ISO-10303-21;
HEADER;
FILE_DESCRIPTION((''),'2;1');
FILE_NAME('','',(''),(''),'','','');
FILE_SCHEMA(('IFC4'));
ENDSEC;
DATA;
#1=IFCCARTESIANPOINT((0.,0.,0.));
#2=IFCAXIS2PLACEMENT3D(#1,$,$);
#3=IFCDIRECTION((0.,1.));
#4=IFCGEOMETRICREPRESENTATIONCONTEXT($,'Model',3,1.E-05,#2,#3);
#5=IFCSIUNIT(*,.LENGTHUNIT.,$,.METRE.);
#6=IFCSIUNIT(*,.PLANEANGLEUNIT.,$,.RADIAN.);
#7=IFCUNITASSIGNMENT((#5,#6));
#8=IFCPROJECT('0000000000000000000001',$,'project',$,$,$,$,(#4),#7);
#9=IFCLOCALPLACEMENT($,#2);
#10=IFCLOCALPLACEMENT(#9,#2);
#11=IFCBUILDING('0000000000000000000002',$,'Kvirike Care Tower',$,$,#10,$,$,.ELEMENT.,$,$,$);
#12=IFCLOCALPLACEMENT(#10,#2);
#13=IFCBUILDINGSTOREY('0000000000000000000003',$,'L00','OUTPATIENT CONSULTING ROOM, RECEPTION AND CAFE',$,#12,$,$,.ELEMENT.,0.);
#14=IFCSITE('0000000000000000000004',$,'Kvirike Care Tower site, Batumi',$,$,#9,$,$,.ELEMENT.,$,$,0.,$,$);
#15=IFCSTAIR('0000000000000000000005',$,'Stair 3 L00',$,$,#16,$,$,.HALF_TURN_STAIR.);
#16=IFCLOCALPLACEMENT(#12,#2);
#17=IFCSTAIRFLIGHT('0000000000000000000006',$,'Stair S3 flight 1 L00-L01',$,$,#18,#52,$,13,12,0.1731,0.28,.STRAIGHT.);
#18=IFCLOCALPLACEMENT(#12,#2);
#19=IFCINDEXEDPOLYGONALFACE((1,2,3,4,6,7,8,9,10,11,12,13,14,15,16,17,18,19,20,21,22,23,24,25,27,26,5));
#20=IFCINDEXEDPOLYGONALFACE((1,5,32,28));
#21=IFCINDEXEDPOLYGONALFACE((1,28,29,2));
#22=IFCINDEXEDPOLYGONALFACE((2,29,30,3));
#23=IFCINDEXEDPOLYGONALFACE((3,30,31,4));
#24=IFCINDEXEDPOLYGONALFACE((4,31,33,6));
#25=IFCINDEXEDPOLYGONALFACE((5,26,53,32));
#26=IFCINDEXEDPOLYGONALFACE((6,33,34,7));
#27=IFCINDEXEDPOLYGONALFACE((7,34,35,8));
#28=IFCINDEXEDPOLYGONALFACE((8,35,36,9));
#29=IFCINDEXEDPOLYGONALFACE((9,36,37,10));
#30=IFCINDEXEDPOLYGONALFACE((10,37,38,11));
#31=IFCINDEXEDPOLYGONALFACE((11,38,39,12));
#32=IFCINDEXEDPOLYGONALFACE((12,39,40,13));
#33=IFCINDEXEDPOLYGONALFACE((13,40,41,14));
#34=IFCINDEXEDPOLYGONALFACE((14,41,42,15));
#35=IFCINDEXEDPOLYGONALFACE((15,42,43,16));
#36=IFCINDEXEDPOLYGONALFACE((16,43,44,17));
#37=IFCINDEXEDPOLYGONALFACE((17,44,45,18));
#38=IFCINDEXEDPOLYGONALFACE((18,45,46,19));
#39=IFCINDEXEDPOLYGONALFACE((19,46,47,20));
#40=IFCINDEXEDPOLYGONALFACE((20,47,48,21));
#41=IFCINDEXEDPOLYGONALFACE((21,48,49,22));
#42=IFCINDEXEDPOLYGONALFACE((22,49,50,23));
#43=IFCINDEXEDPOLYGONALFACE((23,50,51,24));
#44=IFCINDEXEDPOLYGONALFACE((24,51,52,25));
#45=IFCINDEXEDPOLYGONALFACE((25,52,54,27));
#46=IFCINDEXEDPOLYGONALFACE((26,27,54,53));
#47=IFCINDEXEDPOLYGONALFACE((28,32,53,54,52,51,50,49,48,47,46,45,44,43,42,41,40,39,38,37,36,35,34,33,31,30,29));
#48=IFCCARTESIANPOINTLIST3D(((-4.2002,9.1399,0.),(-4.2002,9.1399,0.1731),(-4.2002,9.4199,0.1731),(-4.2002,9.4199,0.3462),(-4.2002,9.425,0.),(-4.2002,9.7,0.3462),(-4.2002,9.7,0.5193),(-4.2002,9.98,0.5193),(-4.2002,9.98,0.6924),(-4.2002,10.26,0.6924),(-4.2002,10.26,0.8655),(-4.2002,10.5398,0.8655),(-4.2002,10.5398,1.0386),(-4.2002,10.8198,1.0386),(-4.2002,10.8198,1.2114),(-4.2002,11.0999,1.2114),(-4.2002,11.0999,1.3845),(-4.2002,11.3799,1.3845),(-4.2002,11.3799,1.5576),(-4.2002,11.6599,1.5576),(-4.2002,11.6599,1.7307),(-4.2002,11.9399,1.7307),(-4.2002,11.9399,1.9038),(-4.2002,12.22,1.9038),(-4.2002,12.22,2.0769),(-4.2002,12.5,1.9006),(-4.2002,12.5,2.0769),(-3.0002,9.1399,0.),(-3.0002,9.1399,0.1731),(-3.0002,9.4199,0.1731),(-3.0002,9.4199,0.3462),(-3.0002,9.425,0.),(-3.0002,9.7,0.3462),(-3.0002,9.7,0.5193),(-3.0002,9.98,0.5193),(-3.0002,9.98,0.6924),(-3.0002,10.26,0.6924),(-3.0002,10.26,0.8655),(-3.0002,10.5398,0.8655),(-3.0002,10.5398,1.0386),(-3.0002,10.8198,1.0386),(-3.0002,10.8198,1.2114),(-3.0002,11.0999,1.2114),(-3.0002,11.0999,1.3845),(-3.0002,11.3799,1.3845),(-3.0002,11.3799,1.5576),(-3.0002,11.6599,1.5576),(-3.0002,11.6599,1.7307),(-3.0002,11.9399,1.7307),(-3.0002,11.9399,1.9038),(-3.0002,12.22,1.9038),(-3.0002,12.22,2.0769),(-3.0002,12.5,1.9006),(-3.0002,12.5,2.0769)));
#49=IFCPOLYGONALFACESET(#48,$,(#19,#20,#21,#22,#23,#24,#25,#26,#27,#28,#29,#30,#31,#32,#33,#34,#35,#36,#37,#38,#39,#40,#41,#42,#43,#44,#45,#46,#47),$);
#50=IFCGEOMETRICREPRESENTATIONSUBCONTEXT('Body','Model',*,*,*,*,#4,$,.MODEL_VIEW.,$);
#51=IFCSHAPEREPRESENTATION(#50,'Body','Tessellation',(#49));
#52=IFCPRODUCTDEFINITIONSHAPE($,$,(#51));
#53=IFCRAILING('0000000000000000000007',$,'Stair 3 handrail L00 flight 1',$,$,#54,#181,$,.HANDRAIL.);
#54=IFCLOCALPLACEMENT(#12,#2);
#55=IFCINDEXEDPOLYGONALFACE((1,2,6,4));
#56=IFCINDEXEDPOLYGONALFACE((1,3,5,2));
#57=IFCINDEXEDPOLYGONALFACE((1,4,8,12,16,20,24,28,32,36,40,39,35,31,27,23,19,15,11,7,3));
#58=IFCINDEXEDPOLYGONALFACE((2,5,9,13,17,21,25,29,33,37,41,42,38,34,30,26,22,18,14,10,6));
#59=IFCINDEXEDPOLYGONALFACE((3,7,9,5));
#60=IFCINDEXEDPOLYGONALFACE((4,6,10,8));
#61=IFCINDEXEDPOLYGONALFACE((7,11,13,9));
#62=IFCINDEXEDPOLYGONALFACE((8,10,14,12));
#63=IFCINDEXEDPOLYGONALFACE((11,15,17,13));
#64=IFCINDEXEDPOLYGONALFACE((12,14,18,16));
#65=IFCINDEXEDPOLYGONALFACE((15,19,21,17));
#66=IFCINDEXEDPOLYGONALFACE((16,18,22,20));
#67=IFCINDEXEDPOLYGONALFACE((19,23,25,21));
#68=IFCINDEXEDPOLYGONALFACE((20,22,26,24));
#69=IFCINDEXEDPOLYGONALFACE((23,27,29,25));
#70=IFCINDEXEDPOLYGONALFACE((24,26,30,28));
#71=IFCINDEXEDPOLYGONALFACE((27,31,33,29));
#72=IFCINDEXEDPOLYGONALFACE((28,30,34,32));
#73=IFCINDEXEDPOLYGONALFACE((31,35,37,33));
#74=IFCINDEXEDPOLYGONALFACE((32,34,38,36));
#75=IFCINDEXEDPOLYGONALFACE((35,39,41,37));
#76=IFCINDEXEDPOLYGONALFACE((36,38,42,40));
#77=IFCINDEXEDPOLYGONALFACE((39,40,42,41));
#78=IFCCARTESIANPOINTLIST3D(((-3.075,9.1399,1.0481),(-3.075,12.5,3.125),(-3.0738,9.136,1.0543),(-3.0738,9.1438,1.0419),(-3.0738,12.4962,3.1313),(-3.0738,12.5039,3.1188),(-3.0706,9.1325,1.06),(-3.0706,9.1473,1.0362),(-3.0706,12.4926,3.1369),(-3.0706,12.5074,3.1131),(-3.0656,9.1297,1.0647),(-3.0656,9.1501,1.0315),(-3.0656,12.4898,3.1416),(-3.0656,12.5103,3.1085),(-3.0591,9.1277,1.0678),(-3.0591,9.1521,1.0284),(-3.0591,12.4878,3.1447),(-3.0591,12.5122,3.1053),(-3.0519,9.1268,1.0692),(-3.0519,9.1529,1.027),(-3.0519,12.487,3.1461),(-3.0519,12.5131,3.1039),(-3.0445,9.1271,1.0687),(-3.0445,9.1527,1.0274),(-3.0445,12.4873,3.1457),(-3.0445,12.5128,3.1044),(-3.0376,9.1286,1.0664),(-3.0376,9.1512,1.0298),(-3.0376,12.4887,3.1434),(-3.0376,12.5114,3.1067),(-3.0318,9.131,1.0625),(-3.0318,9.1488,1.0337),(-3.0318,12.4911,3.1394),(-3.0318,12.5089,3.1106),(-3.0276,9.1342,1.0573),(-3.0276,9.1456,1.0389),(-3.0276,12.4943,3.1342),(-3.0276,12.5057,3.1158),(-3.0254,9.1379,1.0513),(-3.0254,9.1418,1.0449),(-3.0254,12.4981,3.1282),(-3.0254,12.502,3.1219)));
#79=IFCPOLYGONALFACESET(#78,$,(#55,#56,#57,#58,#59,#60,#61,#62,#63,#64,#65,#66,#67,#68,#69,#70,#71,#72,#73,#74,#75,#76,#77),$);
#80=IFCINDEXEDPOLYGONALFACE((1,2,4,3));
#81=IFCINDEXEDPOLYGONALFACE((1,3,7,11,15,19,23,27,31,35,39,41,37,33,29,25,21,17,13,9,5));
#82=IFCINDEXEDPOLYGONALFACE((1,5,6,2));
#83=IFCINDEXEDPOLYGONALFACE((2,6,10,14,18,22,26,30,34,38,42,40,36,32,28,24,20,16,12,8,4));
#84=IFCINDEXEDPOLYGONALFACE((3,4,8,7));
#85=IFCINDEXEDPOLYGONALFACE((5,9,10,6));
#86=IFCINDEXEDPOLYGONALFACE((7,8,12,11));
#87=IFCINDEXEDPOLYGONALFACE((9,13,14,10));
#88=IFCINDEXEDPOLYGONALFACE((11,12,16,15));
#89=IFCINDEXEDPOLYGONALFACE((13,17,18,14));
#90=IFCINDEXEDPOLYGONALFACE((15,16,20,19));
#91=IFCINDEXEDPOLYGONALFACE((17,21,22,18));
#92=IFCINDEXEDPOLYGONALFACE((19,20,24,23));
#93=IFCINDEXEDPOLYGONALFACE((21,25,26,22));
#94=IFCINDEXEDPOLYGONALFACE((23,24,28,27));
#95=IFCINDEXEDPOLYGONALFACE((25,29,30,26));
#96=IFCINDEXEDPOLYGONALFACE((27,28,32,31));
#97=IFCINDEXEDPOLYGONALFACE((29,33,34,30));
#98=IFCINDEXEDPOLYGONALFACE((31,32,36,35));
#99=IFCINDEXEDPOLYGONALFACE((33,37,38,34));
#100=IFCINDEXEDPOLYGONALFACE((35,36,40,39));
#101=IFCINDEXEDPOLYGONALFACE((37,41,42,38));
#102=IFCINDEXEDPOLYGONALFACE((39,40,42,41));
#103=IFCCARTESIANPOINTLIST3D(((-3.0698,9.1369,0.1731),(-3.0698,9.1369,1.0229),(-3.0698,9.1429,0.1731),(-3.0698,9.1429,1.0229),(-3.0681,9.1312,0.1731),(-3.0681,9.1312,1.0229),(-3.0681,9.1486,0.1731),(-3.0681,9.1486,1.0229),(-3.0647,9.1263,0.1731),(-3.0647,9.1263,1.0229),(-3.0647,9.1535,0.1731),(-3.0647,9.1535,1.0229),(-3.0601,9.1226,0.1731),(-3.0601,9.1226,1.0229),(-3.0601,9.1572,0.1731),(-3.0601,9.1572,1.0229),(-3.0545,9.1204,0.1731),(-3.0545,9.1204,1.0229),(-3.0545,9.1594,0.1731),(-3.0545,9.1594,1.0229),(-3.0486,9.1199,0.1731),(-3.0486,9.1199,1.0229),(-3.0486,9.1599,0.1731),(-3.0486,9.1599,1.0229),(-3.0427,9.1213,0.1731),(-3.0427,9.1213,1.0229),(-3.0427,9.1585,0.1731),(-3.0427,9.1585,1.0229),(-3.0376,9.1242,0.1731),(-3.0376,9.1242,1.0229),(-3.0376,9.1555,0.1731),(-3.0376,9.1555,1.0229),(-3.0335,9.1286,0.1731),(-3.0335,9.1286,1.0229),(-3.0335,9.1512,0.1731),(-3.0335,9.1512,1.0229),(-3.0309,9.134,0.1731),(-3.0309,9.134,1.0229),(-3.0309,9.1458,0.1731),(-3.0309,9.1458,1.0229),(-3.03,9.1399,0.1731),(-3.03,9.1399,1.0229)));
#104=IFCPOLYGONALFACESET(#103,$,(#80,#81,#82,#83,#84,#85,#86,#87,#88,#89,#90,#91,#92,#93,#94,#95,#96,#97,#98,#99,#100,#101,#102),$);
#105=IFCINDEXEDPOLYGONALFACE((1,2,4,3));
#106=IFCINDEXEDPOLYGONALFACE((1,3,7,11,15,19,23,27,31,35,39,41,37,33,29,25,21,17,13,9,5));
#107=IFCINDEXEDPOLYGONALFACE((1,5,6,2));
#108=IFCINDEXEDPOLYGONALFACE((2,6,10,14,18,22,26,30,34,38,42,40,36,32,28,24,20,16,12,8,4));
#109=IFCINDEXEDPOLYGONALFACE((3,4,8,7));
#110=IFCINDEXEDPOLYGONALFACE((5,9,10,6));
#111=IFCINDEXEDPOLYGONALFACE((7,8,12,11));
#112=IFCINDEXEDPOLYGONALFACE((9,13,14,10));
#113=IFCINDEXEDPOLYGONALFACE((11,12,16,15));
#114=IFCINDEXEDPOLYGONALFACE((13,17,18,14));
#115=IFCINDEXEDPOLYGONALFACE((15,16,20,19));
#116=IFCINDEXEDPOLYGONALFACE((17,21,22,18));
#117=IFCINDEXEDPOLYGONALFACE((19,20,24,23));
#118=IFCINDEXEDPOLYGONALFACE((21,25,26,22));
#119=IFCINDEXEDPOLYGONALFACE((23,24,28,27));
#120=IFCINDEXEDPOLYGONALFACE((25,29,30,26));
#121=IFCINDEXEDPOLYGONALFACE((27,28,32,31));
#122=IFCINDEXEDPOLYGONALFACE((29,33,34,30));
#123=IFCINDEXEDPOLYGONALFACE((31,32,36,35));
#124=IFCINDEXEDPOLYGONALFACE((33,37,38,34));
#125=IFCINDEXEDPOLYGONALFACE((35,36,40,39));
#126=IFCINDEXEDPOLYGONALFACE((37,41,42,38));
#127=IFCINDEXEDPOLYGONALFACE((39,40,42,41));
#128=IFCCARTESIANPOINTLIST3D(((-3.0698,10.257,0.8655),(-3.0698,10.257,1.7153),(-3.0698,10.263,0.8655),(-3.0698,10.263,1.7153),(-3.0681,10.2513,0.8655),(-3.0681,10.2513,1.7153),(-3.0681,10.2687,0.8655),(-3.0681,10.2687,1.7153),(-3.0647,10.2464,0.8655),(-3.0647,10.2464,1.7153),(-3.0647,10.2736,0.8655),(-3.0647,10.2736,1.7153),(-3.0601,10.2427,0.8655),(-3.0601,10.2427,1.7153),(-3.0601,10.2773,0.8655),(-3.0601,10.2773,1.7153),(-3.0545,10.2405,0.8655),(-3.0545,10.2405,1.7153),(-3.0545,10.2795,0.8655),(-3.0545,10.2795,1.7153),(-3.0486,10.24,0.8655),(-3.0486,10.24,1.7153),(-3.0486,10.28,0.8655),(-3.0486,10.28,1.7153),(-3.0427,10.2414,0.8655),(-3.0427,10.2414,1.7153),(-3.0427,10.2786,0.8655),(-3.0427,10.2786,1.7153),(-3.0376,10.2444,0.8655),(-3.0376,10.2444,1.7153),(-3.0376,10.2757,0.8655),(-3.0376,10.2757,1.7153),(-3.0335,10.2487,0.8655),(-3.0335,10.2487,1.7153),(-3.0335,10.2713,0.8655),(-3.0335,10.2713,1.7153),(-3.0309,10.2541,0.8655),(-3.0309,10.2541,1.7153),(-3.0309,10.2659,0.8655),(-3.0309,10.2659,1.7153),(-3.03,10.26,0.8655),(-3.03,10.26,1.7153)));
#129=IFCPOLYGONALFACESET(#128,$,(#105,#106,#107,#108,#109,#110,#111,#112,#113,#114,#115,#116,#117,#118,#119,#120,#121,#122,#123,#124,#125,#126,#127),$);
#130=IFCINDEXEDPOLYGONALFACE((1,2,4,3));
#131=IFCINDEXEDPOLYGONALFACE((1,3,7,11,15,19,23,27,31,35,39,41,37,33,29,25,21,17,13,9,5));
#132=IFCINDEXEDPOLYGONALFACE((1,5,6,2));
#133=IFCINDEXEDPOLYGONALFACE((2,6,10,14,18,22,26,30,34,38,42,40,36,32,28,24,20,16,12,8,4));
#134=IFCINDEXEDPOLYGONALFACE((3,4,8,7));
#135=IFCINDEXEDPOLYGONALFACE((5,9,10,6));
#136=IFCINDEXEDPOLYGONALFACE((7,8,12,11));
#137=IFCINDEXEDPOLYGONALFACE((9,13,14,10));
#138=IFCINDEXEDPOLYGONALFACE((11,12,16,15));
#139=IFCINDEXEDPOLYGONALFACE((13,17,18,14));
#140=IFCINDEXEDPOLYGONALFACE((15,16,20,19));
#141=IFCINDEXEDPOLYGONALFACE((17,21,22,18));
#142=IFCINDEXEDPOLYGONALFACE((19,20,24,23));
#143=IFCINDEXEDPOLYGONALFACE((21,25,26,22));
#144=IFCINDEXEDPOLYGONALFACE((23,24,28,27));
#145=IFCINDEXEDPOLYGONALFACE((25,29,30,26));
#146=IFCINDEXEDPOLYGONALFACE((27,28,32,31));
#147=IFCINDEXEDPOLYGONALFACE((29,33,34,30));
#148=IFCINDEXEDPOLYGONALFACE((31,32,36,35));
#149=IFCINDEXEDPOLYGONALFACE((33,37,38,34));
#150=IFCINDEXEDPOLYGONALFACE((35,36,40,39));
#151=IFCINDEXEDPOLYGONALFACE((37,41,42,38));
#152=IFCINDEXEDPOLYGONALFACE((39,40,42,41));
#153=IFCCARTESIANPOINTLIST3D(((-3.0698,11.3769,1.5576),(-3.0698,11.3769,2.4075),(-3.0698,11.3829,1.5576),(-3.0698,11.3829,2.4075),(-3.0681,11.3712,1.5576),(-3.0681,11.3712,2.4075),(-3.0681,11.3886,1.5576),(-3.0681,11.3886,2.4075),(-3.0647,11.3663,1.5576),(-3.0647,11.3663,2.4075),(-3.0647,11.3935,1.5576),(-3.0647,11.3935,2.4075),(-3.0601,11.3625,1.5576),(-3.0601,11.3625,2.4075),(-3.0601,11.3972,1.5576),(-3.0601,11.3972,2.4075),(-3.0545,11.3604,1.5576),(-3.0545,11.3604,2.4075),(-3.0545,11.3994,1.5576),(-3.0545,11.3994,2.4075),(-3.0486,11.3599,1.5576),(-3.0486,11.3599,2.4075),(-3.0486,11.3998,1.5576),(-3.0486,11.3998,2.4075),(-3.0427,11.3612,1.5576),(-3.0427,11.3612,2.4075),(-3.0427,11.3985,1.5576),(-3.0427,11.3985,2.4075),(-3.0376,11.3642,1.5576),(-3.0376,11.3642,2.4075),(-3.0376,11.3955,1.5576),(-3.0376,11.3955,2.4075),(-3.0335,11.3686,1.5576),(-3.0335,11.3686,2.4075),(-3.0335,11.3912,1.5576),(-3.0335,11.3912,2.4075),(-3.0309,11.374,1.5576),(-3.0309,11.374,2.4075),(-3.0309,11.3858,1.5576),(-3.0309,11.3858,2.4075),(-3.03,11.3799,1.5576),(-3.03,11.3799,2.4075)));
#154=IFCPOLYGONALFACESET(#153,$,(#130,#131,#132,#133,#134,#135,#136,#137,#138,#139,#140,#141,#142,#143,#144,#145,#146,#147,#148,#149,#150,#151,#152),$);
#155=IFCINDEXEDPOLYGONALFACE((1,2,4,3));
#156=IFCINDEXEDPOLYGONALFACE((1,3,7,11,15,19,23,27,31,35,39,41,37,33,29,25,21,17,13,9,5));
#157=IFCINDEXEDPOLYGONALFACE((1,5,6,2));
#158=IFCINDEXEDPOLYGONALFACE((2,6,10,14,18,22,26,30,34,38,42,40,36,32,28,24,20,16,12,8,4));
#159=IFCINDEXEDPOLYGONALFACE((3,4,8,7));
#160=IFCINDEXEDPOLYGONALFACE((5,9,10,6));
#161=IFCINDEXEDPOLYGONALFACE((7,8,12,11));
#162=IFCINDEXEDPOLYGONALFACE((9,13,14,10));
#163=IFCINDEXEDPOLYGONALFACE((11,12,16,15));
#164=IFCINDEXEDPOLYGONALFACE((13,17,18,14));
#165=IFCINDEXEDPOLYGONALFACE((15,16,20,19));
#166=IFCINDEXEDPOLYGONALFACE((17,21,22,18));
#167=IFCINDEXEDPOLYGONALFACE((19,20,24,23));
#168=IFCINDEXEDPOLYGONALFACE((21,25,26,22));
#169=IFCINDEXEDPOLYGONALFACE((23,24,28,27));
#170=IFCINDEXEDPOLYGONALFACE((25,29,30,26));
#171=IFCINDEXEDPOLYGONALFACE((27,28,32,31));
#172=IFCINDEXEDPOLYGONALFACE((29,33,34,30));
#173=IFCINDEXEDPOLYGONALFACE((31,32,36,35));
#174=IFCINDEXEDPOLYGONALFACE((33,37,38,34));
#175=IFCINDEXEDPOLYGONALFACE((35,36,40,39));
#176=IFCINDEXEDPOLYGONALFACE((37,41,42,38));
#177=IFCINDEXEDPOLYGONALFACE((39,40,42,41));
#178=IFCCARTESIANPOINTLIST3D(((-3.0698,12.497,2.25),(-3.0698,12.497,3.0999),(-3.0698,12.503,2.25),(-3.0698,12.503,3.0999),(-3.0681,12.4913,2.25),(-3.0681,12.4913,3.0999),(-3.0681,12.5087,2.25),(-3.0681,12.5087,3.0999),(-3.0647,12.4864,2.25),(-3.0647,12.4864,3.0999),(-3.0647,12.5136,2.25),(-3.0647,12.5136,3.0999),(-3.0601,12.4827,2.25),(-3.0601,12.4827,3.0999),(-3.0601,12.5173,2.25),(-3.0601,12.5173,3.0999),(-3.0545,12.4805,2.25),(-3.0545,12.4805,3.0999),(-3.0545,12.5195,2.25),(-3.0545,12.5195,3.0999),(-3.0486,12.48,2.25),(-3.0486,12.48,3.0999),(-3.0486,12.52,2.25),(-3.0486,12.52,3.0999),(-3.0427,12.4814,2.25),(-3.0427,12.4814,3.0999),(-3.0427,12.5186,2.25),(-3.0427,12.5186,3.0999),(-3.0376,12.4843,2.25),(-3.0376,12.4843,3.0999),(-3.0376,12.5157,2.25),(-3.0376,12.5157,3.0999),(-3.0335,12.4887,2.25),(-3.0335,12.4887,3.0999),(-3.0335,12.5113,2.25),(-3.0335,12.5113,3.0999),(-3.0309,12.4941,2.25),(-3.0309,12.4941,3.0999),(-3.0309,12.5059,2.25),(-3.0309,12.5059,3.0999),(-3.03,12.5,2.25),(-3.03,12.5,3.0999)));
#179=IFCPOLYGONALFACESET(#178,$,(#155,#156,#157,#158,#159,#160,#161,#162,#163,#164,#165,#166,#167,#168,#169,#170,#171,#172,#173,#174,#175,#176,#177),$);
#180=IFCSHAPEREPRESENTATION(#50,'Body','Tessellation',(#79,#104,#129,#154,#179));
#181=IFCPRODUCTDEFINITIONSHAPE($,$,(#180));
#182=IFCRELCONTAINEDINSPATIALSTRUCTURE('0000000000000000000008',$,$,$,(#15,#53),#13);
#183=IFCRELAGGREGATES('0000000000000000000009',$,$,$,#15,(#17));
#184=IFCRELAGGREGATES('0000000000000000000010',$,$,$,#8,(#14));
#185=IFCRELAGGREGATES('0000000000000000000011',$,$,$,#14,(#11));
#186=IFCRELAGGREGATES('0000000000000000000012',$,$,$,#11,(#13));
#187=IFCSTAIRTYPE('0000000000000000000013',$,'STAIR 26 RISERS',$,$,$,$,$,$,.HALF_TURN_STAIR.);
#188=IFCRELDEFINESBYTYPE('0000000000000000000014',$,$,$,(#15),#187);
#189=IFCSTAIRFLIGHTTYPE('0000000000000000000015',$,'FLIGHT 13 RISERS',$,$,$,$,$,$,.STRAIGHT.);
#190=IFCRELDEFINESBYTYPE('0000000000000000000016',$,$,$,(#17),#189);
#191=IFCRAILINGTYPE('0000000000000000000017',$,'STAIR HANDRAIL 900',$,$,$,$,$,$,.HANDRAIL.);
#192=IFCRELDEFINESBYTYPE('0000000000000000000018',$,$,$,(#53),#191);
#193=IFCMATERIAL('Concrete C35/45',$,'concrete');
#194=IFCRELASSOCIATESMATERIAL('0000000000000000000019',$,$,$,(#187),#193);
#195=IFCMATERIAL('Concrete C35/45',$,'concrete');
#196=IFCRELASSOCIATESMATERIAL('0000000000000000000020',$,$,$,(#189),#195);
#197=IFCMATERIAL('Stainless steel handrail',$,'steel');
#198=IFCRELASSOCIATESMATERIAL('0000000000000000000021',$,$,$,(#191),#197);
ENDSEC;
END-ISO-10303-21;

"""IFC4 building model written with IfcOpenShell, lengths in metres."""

from ifc_helpers import new_model, si_unit, direction, frame, origin, origin_2d, place, context, subcontext, project, spatial, polyline, circle, outline, extrude, material, type_object, element, aggregate, save


model = new_model("IFC4")

# Units and contexts
model_context = context("Model", 3, precision=1e-05, world=origin(), true_north=direction((0.0, 1.0)))
body_context = subcontext(model_context, "Body", "Model", "MODEL_VIEW")
ifc_project = project(units=[si_unit("LENGTHUNIT", "METRE"), si_unit("PLANEANGLEUNIT", "RADIAN")], contexts=[model_context])

# Site, building, storey
site_placement = place(None, origin())
site = spatial("IfcSite", under=ifc_project, at=site_placement, Name="Kvirike Care Tower site, Batumi", CompositionType="ELEMENT", RefElevation=0.0)
building_placement = place(site_placement, origin())
building = spatial("IfcBuilding", under=site, at=building_placement, Name="Kvirike Care Tower", CompositionType="ELEMENT")
storey_placement = place(building_placement, origin())
storey = spatial("IfcBuildingStorey", under=building, at=storey_placement, Name="L00", Description="OUTPATIENT CONSULTING ROOM, RECEPTION AND CAFE", CompositionType="ELEMENT", Elevation=0.0)

# Stair, stair flight
ifc_material_1 = material(Name="Concrete C35/45", Category="concrete")
stair_type = type_object("IfcStairType", Name="STAIR 26 RISERS", PredefinedType="HALF_TURN_STAIR", material=ifc_material_1)
stair_placement = place(storey_placement, origin())
stair = element("IfcStair", 1, at=stair_placement, inside=storey, type_object=stair_type, Name="Stair 3 L00", PredefinedType="HALF_TURN_STAIR")
ifc_material_2 = material(Name="Concrete C35/45", Category="concrete")
stair_flight_type = type_object("IfcStairFlightType", Name="FLIGHT 13 RISERS", PredefinedType="STRAIGHT", material=ifc_material_2)
stair_flight_placement = place(storey_placement, frame((-3.6001, 9.1399, 0.0), z_axis=(0.0, 0.0, 1.0), x_axis=(0.0, 1.0, 0.0)))
stair_flight = element("IfcStairFlight", 2, at=stair_flight_placement, type_object=stair_flight_type, Name="Stair S3 flight 1 L00-L01", NumberOfRisers=13, NumberOfTreads=12, PredefinedType="STRAIGHT", RiserHeight=0.1731, TreadLength=0.28, context=body_context, shape_type="SweptSolid", body=[
    extrude(outline(polyline([(0.0, 0.0), (0.0, 0.1731), (0.28, 0.1731), (0.28, 0.3462), (0.5601, 0.3462), (0.5601, 0.5193), (0.8401, 0.5193), (0.8401, 0.6924), (1.1201, 0.6924), (1.1201, 0.8655), (1.3999, 0.8655), (1.3999, 1.0386), (1.6799, 1.0386), (1.6799, 1.2114), (1.96, 1.2114), (1.96, 1.3845), (2.24, 1.3845), (2.24, 1.5576), (2.52, 1.5576), (2.52, 1.7307), (2.8, 1.7307), (2.8, 1.9038), (3.0801, 1.9038), (3.0801, 2.0769), (3.3601, 2.0769), (3.3601, 2.25), (3.3601, 1.9006), (0.2852, 0.0), (0.0, 0.0)])), frame((0.0, 0.6001, 0.0), z_axis=(0.0, -1.0, 0.0), x_axis=(1.0, 0.0, 0.0)), (0.0, 0.0, 1.0), 1.2),
])
aggregate(stair, [stair_flight])

# Railing
ifc_material_3 = material(Name="Stainless steel handrail", Category="steel")
railing_type = type_object("IfcRailingType", Name="STAIR HANDRAIL 900", PredefinedType="HANDRAIL", material=ifc_material_3)
railing_placement = place(storey_placement, frame((-3.05, 9.1399, 0.1731)))
element("IfcRailing", 3, at=railing_placement, inside=storey, type_object=railing_type, Name="Stair 3 handrail L00 flight 1", PredefinedType="HANDRAIL", context=body_context, shape_type="SweptSolid", body=[
    extrude(circle(Radius=0.0249, at=origin_2d()), frame((0.0, 0.0, 0.875), z_axis=(0.0, 0.850623, 0.525776), x_axis=(-1.0, 0.0, 0.0)), (0.0, 0.0, 1.0), 3.9502),
    extrude(circle(Radius=0.02, at=origin_2d()), origin(), (0.0, 0.0, 1.0), 0.8499),
    extrude(circle(Radius=0.02, at=origin_2d()), frame((0.0, 1.1201, 0.6924)), (0.0, 0.0, 1.0), 0.8499),
    extrude(circle(Radius=0.02, at=origin_2d()), frame((0.0, 2.24, 1.3845)), (0.0, 0.0, 1.0), 0.8499),
    extrude(circle(Radius=0.02, at=origin_2d()), frame((0.0, 3.3601, 2.0769)), (0.0, 0.0, 1.0), 0.8499),
])

save(model, "model.ifc")
